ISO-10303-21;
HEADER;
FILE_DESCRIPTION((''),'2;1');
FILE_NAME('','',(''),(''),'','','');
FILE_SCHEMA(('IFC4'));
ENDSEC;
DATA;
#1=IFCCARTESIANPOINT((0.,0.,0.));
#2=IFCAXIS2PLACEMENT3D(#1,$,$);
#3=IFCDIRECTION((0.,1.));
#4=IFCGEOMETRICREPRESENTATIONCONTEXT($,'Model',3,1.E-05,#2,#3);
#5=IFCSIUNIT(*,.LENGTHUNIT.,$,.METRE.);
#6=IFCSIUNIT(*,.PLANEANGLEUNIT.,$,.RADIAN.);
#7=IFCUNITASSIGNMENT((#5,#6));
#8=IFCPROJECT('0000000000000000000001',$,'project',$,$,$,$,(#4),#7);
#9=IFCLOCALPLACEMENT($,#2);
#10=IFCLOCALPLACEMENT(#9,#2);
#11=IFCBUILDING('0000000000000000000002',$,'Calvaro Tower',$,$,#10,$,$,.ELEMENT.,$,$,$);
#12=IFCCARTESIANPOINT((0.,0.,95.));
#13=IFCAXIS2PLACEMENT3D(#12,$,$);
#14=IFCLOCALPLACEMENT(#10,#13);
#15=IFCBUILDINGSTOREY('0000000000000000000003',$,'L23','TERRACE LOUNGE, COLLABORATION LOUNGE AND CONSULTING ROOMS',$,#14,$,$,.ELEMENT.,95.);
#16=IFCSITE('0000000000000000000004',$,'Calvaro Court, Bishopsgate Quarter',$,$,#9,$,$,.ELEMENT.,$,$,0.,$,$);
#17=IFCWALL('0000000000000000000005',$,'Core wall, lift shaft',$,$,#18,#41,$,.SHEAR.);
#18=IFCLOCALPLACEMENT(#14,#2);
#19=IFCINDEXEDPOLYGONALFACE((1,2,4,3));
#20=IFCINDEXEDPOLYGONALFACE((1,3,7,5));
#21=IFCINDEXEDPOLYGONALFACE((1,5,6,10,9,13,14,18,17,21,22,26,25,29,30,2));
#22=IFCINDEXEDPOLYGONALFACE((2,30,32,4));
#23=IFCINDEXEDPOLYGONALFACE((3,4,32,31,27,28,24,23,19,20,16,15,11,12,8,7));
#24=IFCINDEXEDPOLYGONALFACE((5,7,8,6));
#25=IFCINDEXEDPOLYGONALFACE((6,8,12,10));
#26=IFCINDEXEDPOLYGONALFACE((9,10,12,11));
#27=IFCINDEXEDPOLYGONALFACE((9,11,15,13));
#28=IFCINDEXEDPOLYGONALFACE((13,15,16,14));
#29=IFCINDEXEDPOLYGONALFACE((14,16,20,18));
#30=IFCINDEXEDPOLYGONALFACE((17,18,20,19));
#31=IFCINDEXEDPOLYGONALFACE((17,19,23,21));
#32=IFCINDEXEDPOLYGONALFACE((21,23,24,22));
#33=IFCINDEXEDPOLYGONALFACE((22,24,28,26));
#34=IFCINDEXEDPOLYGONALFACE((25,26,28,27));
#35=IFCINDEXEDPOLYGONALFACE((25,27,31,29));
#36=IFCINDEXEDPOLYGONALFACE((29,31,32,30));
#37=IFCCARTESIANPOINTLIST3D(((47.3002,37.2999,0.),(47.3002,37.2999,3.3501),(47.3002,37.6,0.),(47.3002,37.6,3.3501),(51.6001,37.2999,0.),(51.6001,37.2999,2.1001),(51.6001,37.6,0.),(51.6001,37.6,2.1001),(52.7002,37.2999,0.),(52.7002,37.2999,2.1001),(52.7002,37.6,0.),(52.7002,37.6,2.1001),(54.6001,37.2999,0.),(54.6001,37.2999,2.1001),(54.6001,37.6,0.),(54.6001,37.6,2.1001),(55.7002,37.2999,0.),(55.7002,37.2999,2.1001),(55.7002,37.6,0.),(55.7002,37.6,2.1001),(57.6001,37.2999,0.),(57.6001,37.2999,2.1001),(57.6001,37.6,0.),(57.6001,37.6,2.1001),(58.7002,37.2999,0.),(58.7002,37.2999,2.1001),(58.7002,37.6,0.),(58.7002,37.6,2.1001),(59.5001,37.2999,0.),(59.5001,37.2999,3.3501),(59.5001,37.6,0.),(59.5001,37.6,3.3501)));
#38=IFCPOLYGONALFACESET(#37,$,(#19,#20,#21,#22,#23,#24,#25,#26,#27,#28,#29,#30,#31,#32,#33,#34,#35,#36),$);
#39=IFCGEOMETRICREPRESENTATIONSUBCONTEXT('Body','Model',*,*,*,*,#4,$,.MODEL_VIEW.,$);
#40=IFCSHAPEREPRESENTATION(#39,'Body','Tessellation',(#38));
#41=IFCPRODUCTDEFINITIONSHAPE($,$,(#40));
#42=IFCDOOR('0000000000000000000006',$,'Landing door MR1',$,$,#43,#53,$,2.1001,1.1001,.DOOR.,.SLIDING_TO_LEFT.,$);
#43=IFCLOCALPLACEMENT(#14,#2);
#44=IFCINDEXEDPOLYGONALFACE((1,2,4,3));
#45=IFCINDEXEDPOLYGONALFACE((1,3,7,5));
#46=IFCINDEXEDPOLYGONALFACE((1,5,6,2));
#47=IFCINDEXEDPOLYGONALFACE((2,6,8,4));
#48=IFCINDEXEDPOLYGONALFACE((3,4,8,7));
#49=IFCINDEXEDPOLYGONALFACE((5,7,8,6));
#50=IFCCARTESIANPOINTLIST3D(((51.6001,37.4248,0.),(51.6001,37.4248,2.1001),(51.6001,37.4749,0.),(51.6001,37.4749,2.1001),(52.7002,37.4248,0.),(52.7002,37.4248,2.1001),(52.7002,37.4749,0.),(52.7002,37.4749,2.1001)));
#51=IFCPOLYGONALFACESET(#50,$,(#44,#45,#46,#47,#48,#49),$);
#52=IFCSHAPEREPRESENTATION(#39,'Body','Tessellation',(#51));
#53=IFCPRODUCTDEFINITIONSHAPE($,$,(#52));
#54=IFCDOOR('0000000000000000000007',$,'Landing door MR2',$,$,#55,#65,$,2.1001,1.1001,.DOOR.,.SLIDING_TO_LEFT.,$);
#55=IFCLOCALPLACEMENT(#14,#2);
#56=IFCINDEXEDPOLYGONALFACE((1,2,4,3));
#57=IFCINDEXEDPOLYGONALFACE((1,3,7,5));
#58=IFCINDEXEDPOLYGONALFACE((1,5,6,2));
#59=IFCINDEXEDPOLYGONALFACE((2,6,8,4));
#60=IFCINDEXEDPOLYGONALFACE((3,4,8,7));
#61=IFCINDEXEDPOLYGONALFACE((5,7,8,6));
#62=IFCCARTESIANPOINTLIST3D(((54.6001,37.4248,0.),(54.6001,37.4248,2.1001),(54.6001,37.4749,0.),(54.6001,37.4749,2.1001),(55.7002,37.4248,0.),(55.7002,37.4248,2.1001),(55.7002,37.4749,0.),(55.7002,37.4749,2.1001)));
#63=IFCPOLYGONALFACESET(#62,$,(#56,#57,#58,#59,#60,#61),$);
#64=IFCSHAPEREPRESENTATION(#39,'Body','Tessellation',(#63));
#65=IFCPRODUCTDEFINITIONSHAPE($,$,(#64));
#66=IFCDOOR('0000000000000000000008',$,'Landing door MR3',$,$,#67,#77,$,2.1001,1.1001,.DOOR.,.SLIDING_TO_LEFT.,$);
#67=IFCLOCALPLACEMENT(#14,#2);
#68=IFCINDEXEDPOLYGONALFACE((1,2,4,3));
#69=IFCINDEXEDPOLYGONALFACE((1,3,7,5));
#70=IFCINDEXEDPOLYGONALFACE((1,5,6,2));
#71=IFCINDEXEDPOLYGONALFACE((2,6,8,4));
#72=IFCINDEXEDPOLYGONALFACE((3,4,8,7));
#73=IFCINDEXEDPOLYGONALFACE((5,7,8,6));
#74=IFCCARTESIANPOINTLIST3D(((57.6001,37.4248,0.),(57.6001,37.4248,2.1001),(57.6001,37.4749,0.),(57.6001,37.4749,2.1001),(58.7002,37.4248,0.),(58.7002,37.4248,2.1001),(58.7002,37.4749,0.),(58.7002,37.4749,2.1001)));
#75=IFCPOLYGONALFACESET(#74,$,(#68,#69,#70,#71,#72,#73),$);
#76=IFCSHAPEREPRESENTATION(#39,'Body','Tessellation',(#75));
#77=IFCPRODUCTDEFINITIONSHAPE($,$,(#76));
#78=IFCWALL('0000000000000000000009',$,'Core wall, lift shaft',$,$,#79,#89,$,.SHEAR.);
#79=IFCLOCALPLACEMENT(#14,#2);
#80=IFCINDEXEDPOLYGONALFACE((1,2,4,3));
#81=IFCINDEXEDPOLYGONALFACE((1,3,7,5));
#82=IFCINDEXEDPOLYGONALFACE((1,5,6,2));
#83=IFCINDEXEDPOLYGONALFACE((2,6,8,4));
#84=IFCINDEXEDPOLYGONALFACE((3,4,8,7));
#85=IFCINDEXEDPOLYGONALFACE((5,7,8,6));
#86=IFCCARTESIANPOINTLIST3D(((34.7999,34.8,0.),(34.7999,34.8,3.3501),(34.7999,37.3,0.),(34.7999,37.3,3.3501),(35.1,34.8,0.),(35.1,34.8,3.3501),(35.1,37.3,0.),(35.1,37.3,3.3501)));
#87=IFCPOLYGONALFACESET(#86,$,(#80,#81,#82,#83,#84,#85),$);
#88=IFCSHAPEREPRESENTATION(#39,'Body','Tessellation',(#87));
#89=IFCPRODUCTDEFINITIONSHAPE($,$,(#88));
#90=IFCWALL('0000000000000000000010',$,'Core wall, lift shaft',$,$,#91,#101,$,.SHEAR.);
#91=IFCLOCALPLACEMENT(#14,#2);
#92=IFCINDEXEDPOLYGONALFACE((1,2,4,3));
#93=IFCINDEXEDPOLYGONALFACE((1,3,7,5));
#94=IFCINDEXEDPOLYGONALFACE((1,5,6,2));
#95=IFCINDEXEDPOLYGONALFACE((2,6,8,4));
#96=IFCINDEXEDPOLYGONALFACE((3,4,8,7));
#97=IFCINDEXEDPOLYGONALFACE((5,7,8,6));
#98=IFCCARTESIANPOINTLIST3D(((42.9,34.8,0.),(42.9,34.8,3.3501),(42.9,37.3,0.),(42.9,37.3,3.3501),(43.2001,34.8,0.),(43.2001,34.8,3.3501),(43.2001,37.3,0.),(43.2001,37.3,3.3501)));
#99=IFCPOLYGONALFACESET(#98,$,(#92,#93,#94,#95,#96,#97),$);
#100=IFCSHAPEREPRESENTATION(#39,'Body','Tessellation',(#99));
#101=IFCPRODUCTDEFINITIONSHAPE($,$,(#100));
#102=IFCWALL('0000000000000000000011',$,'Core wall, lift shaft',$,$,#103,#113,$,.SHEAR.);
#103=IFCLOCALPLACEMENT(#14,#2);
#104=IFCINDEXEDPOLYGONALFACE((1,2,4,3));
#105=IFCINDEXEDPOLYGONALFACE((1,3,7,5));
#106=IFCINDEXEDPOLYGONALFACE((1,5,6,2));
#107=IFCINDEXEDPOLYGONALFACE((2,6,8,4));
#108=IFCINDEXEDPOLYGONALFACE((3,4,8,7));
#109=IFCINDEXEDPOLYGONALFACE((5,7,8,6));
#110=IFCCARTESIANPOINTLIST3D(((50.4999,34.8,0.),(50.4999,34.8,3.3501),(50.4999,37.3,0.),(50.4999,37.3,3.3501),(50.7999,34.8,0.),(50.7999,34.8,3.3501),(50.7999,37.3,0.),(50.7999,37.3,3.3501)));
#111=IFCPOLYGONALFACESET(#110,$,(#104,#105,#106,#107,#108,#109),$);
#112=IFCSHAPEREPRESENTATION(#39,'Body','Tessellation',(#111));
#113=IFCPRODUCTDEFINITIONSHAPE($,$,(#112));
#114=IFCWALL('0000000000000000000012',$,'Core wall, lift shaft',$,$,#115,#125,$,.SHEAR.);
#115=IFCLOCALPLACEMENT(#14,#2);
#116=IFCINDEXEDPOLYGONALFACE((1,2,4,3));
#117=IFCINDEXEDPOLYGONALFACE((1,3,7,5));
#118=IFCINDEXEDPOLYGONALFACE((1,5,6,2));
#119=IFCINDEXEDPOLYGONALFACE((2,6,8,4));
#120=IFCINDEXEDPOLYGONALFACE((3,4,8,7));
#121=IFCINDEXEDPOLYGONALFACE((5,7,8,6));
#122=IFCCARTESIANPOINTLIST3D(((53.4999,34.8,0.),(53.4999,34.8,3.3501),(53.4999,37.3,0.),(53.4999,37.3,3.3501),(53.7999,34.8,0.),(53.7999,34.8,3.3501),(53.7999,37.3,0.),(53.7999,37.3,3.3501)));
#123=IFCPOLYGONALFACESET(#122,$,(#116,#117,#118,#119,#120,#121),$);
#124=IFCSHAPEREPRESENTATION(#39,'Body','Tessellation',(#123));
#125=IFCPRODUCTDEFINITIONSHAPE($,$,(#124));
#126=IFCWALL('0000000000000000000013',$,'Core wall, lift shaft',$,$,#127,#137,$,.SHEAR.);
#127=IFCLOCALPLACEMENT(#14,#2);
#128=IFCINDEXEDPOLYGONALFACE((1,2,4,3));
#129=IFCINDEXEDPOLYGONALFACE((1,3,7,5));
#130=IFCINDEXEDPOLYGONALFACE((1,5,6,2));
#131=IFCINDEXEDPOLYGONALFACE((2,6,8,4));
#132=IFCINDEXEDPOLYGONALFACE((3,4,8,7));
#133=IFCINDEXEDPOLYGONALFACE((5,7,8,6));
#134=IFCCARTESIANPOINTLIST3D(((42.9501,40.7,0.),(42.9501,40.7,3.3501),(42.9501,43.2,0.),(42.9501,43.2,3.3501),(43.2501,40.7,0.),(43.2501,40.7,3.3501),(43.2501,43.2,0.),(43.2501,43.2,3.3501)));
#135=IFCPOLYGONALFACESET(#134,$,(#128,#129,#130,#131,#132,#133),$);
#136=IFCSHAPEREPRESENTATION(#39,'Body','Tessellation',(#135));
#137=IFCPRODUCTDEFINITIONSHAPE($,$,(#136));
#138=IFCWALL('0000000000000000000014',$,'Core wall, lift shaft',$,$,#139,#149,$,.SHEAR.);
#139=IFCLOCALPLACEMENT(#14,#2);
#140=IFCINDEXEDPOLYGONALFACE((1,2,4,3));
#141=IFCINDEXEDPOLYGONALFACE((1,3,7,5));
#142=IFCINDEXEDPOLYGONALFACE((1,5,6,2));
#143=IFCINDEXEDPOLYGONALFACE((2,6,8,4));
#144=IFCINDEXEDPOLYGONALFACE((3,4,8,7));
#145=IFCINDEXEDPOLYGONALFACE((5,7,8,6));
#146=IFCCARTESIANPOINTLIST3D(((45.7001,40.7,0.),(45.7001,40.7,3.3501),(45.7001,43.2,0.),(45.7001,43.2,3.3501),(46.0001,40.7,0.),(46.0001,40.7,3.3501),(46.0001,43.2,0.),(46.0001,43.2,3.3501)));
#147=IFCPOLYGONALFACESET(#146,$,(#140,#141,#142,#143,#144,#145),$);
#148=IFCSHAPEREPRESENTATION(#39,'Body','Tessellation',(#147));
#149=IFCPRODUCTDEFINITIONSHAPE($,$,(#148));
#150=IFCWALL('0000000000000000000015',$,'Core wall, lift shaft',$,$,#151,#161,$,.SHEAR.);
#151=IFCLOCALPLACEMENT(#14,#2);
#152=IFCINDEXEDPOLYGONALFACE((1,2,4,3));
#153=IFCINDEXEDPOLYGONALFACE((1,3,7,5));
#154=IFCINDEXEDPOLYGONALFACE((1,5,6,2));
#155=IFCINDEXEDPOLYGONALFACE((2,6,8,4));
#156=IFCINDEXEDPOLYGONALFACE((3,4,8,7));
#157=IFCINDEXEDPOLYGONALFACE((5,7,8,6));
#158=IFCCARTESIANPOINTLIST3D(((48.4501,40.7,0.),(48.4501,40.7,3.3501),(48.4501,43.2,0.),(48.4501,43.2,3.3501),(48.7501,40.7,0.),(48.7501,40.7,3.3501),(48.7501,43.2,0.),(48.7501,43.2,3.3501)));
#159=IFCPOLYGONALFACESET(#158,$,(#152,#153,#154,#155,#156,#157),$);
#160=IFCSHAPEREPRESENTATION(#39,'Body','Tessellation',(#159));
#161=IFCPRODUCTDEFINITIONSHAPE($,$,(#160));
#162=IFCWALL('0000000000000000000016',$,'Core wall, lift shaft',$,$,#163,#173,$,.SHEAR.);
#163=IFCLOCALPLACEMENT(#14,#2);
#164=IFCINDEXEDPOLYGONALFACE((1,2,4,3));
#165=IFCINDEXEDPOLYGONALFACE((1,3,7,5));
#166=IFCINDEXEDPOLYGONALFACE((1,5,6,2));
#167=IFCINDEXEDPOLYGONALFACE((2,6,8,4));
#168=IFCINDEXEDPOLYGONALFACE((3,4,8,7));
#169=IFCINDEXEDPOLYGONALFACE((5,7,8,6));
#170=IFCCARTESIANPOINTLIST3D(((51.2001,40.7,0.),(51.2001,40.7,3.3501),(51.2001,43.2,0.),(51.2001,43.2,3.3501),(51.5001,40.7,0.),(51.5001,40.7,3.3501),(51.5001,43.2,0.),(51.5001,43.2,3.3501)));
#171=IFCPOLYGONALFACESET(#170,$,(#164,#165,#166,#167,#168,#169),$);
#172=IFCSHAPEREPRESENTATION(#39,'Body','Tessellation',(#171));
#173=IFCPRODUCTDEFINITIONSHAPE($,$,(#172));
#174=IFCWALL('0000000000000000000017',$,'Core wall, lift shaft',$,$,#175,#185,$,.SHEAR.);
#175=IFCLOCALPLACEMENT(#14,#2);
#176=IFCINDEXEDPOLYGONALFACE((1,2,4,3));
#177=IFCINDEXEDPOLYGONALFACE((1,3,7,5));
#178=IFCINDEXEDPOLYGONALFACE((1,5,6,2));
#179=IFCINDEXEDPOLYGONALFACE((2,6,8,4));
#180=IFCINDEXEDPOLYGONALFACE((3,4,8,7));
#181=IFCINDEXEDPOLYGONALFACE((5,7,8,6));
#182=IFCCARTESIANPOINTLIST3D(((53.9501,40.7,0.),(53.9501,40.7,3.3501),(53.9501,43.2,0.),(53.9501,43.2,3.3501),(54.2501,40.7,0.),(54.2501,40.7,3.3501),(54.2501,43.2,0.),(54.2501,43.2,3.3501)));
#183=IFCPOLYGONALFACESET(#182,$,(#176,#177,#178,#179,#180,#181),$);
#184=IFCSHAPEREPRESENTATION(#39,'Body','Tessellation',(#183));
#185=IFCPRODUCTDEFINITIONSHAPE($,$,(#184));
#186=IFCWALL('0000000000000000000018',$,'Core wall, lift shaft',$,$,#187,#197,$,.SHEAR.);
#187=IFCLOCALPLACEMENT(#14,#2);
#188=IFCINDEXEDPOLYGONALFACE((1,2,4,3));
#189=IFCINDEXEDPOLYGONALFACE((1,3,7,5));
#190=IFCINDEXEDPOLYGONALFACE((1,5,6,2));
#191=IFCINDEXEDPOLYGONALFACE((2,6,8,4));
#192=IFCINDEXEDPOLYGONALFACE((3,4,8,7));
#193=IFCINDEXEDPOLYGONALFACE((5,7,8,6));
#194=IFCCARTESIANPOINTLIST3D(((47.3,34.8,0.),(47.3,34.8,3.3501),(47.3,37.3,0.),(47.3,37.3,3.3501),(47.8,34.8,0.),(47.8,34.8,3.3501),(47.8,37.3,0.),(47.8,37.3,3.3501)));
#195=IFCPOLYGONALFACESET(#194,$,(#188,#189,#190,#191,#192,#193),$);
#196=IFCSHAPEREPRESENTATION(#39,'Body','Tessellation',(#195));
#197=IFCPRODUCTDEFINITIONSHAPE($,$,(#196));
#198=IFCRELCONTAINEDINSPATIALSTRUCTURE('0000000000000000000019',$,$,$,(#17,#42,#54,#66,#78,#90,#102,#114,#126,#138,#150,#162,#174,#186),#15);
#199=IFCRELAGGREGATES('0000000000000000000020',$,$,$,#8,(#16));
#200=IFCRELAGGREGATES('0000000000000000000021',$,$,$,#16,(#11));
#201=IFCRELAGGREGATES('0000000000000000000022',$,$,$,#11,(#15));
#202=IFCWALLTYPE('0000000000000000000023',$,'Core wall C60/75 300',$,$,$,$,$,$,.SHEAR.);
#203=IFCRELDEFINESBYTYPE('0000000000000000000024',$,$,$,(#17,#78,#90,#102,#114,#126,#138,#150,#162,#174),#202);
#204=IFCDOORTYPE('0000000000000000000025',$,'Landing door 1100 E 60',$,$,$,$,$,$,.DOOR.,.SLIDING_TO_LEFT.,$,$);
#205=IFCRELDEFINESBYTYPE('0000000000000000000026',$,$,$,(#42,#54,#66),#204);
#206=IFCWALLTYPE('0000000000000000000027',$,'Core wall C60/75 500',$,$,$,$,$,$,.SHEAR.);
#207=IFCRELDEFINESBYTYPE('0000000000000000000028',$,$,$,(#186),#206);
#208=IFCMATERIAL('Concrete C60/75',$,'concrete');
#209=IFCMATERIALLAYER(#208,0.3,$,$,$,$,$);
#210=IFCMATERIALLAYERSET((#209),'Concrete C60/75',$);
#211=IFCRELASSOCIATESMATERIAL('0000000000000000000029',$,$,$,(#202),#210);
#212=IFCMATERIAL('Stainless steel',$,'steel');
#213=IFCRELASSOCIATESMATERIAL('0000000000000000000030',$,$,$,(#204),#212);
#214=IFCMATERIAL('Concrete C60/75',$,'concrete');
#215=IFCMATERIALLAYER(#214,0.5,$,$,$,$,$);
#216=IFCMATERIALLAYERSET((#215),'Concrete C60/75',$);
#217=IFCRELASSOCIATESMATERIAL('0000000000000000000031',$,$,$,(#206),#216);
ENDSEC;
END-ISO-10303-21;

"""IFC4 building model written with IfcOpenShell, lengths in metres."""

from ifc_helpers import new_model, si_unit, direction, frame, frame_2d, origin, place, context, subcontext, project, spatial, rectangle, extrude, material, layer, layer_set, type_object, element, fill, save


model = new_model("IFC4")

# Units and contexts
model_context = context("Model", 3, precision=1e-05, world=origin(), true_north=direction((0.0, 1.0)))
body_context = subcontext(model_context, "Body", "Model", "MODEL_VIEW")
ifc_project = project(units=[si_unit("LENGTHUNIT", "METRE"), si_unit("PLANEANGLEUNIT", "RADIAN")], contexts=[model_context])

# Site, building, storey
site_placement = place(None, origin())
site = spatial("IfcSite", under=ifc_project, at=site_placement, Name="Calvaro Court, Bishopsgate Quarter", CompositionType="ELEMENT", RefElevation=0.0)
building_placement = place(site_placement, origin())
building = spatial("IfcBuilding", under=site, at=building_placement, Name="Calvaro Tower", CompositionType="ELEMENT")
storey_placement = place(building_placement, frame((0.0, 0.0, 95.0)))
storey = spatial("IfcBuildingStorey", under=building, at=storey_placement, Name="L23", Description="TERRACE LOUNGE, COLLABORATION LOUNGE AND CONSULTING ROOMS", CompositionType="ELEMENT", Elevation=95.0)

# Shared definitions
ifc_material_1 = material(Name="Concrete C60/75", Category="concrete")
ifc_layer_1 = layer(ifc_material_1, 0.3)
ifc_layer_set_1 = layer_set([ifc_layer_1], Name="Concrete C60/75")
wall_type_1 = type_object("IfcWallType", Name="Core wall C60/75 300", PredefinedType="SHEAR", material=ifc_layer_set_1)

# Shared definitions
ifc_material_2 = material(Name="Stainless steel", Category="steel")
door_type_1 = type_object("IfcDoorType", Name="Landing door 1100 E 60", OperationType="SLIDING_TO_LEFT", PredefinedType="DOOR", material=ifc_material_2)

# Wall, openings, doors
wall_1_placement = place(storey_placement, frame((47.3, 37.45, 0.0), z_axis=(0.0, 0.0, 1.0), x_axis=(1.0, 0.0, 0.0)))
wall_1 = element("IfcWall", 1, at=wall_1_placement, inside=storey, type_object=wall_type_1, Name="Core wall, lift shaft", PredefinedType="SHEAR", context=body_context, shape_type="SweptSolid", body=[
    extrude(rectangle(XDim=12.2, YDim=0.3, at=frame_2d((6.1001, 0.0))), origin(), (0.0, 0.0, 1.0), 3.3501),
])
opening_1_placement = place(wall_1_placement, frame((4.3, 0.0, 0.0)))
opening_1 = element("IfcOpeningElement", 2, at=opening_1_placement, cuts=wall_1, PredefinedType="OPENING", context=body_context, shape_type="SweptSolid", body=[
    extrude(rectangle(XDim=1.1001, YDim=2.1001, at=frame_2d((0.55, 1.05))), frame((0.0, 0.1599, 0.0), z_axis=(0.0, -1.0, 0.0), x_axis=(1.0, 0.0, 0.0)), (0.0, 0.0, 1.0), 0.3201),
])
opening_2_placement = place(wall_1_placement, frame((7.3, 0.0, 0.0)))
opening_2 = element("IfcOpeningElement", 3, at=opening_2_placement, cuts=wall_1, PredefinedType="OPENING", context=body_context, shape_type="SweptSolid", body=[
    extrude(rectangle(XDim=1.1001, YDim=2.1001, at=frame_2d((0.55, 1.05))), frame((0.0, 0.1599, 0.0), z_axis=(0.0, -1.0, 0.0), x_axis=(1.0, 0.0, 0.0)), (0.0, 0.0, 1.0), 0.3201),
])
opening_3_placement = place(wall_1_placement, frame((10.3, 0.0, 0.0)))
opening_3 = element("IfcOpeningElement", 4, at=opening_3_placement, cuts=wall_1, PredefinedType="OPENING", context=body_context, shape_type="SweptSolid", body=[
    extrude(rectangle(XDim=1.1001, YDim=2.1001, at=frame_2d((0.55, 1.05))), frame((0.0, 0.1599, 0.0), z_axis=(0.0, -1.0, 0.0), x_axis=(1.0, 0.0, 0.0)), (0.0, 0.0, 1.0), 0.3201),
])
door_1_placement = place(opening_1_placement, origin())
door_1 = element("IfcDoor", 5, at=door_1_placement, inside=storey, type_object=door_type_1, Name="Landing door MR1", OperationType="SLIDING_TO_LEFT", OverallHeight=2.1001, OverallWidth=1.1001, PredefinedType="DOOR", context=body_context, shape_type="SweptSolid", body=[
    extrude(rectangle(XDim=1.1001, YDim=2.1001, at=frame_2d((0.55, 1.05))), frame((0.0, 0.0249, 0.0), z_axis=(0.0, -1.0, 0.0), x_axis=(1.0, 0.0, 0.0)), (0.0, 0.0, 1.0), 0.05),
])
fill(opening_1, door_1)
door_2_placement = place(opening_2_placement, origin())
door_2 = element("IfcDoor", 6, at=door_2_placement, inside=storey, type_object=door_type_1, Name="Landing door MR2", OperationType="SLIDING_TO_LEFT", OverallHeight=2.1001, OverallWidth=1.1001, PredefinedType="DOOR", context=body_context, shape_type="SweptSolid", body=[
    extrude(rectangle(XDim=1.1001, YDim=2.1001, at=frame_2d((0.55, 1.05))), frame((0.0, 0.0249, 0.0), z_axis=(0.0, -1.0, 0.0), x_axis=(1.0, 0.0, 0.0)), (0.0, 0.0, 1.0), 0.05),
])
fill(opening_2, door_2)
door_3_placement = place(opening_3_placement, origin())
door_3 = element("IfcDoor", 7, at=door_3_placement, inside=storey, type_object=door_type_1, Name="Landing door MR3", OperationType="SLIDING_TO_LEFT", OverallHeight=2.1001, OverallWidth=1.1001, PredefinedType="DOOR", context=body_context, shape_type="SweptSolid", body=[
    extrude(rectangle(XDim=1.1001, YDim=2.1001, at=frame_2d((0.55, 1.05))), frame((0.0, 0.0249, 0.0), z_axis=(0.0, -1.0, 0.0), x_axis=(1.0, 0.0, 0.0)), (0.0, 0.0, 1.0), 0.05),
])
fill(opening_3, door_3)

# Walls
for number, where, z_axis, x_axis, name in (
    (8, (34.95, 34.8, 0.0), (0.0, 0.0, 1.0), (0.0, 1.0, 0.0), "Core wall, lift shaft"),
    (9, (43.05, 34.8, 0.0), (0.0, 0.0, 1.0), (0.0, 1.0, 0.0), "Core wall, lift shaft"),
    (10, (50.6499, 34.8, 0.0), (0.0, 0.0, 1.0), (0.0, 1.0, 0.0), "Core wall, lift shaft"),
    (11, (53.6499, 34.8, 0.0), (0.0, 0.0, 1.0), (0.0, 1.0, 0.0), "Core wall, lift shaft"),
    (12, (43.1001, 40.7, 0.0), (0.0, 0.0, 1.0), (0.0, 1.0, 0.0), "Core wall, lift shaft"),
    (13, (45.8501, 40.7, 0.0), (0.0, 0.0, 1.0), (0.0, 1.0, 0.0), "Core wall, lift shaft"),
    (14, (48.6001, 40.7, 0.0), (0.0, 0.0, 1.0), (0.0, 1.0, 0.0), "Core wall, lift shaft"),
    (15, (51.3501, 40.7, 0.0), (0.0, 0.0, 1.0), (0.0, 1.0, 0.0), "Core wall, lift shaft"),
    (16, (54.1001, 40.7, 0.0), (0.0, 0.0, 1.0), (0.0, 1.0, 0.0), "Core wall, lift shaft"),
):
    element("IfcWall", number, at=place(storey_placement, frame(where, z_axis=z_axis, x_axis=x_axis)), inside=storey, type_object=wall_type_1, Name=name, PredefinedType="SHEAR", context=body_context, shape_type="SweptSolid", body=[
        extrude(rectangle(XDim=2.5, YDim=0.3, at=frame_2d((1.25, 0.0))), origin(), (0.0, 0.0, 1.0), 3.3501),
    ])
ifc_material_3 = material(Name="Concrete C60/75", Category="concrete")
ifc_layer_2 = layer(ifc_material_3, 0.5)
ifc_layer_set_2 = layer_set([ifc_layer_2], Name="Concrete C60/75")
wall_type_2 = type_object("IfcWallType", Name="Core wall C60/75 500", PredefinedType="SHEAR", material=ifc_layer_set_2)
wall_2_placement = place(storey_placement, frame((47.55, 34.8, 0.0), z_axis=(0.0, 0.0, 1.0), x_axis=(0.0, 1.0, 0.0)))
element("IfcWall", 17, at=wall_2_placement, inside=storey, type_object=wall_type_2, Name="Core wall, lift shaft", PredefinedType="SHEAR", context=body_context, shape_type="SweptSolid", body=[
    extrude(rectangle(XDim=2.5, YDim=0.5, at=frame_2d((1.25, 0.0))), origin(), (0.0, 0.0, 1.0), 3.3501),
])

save(model, "model.ifc")
